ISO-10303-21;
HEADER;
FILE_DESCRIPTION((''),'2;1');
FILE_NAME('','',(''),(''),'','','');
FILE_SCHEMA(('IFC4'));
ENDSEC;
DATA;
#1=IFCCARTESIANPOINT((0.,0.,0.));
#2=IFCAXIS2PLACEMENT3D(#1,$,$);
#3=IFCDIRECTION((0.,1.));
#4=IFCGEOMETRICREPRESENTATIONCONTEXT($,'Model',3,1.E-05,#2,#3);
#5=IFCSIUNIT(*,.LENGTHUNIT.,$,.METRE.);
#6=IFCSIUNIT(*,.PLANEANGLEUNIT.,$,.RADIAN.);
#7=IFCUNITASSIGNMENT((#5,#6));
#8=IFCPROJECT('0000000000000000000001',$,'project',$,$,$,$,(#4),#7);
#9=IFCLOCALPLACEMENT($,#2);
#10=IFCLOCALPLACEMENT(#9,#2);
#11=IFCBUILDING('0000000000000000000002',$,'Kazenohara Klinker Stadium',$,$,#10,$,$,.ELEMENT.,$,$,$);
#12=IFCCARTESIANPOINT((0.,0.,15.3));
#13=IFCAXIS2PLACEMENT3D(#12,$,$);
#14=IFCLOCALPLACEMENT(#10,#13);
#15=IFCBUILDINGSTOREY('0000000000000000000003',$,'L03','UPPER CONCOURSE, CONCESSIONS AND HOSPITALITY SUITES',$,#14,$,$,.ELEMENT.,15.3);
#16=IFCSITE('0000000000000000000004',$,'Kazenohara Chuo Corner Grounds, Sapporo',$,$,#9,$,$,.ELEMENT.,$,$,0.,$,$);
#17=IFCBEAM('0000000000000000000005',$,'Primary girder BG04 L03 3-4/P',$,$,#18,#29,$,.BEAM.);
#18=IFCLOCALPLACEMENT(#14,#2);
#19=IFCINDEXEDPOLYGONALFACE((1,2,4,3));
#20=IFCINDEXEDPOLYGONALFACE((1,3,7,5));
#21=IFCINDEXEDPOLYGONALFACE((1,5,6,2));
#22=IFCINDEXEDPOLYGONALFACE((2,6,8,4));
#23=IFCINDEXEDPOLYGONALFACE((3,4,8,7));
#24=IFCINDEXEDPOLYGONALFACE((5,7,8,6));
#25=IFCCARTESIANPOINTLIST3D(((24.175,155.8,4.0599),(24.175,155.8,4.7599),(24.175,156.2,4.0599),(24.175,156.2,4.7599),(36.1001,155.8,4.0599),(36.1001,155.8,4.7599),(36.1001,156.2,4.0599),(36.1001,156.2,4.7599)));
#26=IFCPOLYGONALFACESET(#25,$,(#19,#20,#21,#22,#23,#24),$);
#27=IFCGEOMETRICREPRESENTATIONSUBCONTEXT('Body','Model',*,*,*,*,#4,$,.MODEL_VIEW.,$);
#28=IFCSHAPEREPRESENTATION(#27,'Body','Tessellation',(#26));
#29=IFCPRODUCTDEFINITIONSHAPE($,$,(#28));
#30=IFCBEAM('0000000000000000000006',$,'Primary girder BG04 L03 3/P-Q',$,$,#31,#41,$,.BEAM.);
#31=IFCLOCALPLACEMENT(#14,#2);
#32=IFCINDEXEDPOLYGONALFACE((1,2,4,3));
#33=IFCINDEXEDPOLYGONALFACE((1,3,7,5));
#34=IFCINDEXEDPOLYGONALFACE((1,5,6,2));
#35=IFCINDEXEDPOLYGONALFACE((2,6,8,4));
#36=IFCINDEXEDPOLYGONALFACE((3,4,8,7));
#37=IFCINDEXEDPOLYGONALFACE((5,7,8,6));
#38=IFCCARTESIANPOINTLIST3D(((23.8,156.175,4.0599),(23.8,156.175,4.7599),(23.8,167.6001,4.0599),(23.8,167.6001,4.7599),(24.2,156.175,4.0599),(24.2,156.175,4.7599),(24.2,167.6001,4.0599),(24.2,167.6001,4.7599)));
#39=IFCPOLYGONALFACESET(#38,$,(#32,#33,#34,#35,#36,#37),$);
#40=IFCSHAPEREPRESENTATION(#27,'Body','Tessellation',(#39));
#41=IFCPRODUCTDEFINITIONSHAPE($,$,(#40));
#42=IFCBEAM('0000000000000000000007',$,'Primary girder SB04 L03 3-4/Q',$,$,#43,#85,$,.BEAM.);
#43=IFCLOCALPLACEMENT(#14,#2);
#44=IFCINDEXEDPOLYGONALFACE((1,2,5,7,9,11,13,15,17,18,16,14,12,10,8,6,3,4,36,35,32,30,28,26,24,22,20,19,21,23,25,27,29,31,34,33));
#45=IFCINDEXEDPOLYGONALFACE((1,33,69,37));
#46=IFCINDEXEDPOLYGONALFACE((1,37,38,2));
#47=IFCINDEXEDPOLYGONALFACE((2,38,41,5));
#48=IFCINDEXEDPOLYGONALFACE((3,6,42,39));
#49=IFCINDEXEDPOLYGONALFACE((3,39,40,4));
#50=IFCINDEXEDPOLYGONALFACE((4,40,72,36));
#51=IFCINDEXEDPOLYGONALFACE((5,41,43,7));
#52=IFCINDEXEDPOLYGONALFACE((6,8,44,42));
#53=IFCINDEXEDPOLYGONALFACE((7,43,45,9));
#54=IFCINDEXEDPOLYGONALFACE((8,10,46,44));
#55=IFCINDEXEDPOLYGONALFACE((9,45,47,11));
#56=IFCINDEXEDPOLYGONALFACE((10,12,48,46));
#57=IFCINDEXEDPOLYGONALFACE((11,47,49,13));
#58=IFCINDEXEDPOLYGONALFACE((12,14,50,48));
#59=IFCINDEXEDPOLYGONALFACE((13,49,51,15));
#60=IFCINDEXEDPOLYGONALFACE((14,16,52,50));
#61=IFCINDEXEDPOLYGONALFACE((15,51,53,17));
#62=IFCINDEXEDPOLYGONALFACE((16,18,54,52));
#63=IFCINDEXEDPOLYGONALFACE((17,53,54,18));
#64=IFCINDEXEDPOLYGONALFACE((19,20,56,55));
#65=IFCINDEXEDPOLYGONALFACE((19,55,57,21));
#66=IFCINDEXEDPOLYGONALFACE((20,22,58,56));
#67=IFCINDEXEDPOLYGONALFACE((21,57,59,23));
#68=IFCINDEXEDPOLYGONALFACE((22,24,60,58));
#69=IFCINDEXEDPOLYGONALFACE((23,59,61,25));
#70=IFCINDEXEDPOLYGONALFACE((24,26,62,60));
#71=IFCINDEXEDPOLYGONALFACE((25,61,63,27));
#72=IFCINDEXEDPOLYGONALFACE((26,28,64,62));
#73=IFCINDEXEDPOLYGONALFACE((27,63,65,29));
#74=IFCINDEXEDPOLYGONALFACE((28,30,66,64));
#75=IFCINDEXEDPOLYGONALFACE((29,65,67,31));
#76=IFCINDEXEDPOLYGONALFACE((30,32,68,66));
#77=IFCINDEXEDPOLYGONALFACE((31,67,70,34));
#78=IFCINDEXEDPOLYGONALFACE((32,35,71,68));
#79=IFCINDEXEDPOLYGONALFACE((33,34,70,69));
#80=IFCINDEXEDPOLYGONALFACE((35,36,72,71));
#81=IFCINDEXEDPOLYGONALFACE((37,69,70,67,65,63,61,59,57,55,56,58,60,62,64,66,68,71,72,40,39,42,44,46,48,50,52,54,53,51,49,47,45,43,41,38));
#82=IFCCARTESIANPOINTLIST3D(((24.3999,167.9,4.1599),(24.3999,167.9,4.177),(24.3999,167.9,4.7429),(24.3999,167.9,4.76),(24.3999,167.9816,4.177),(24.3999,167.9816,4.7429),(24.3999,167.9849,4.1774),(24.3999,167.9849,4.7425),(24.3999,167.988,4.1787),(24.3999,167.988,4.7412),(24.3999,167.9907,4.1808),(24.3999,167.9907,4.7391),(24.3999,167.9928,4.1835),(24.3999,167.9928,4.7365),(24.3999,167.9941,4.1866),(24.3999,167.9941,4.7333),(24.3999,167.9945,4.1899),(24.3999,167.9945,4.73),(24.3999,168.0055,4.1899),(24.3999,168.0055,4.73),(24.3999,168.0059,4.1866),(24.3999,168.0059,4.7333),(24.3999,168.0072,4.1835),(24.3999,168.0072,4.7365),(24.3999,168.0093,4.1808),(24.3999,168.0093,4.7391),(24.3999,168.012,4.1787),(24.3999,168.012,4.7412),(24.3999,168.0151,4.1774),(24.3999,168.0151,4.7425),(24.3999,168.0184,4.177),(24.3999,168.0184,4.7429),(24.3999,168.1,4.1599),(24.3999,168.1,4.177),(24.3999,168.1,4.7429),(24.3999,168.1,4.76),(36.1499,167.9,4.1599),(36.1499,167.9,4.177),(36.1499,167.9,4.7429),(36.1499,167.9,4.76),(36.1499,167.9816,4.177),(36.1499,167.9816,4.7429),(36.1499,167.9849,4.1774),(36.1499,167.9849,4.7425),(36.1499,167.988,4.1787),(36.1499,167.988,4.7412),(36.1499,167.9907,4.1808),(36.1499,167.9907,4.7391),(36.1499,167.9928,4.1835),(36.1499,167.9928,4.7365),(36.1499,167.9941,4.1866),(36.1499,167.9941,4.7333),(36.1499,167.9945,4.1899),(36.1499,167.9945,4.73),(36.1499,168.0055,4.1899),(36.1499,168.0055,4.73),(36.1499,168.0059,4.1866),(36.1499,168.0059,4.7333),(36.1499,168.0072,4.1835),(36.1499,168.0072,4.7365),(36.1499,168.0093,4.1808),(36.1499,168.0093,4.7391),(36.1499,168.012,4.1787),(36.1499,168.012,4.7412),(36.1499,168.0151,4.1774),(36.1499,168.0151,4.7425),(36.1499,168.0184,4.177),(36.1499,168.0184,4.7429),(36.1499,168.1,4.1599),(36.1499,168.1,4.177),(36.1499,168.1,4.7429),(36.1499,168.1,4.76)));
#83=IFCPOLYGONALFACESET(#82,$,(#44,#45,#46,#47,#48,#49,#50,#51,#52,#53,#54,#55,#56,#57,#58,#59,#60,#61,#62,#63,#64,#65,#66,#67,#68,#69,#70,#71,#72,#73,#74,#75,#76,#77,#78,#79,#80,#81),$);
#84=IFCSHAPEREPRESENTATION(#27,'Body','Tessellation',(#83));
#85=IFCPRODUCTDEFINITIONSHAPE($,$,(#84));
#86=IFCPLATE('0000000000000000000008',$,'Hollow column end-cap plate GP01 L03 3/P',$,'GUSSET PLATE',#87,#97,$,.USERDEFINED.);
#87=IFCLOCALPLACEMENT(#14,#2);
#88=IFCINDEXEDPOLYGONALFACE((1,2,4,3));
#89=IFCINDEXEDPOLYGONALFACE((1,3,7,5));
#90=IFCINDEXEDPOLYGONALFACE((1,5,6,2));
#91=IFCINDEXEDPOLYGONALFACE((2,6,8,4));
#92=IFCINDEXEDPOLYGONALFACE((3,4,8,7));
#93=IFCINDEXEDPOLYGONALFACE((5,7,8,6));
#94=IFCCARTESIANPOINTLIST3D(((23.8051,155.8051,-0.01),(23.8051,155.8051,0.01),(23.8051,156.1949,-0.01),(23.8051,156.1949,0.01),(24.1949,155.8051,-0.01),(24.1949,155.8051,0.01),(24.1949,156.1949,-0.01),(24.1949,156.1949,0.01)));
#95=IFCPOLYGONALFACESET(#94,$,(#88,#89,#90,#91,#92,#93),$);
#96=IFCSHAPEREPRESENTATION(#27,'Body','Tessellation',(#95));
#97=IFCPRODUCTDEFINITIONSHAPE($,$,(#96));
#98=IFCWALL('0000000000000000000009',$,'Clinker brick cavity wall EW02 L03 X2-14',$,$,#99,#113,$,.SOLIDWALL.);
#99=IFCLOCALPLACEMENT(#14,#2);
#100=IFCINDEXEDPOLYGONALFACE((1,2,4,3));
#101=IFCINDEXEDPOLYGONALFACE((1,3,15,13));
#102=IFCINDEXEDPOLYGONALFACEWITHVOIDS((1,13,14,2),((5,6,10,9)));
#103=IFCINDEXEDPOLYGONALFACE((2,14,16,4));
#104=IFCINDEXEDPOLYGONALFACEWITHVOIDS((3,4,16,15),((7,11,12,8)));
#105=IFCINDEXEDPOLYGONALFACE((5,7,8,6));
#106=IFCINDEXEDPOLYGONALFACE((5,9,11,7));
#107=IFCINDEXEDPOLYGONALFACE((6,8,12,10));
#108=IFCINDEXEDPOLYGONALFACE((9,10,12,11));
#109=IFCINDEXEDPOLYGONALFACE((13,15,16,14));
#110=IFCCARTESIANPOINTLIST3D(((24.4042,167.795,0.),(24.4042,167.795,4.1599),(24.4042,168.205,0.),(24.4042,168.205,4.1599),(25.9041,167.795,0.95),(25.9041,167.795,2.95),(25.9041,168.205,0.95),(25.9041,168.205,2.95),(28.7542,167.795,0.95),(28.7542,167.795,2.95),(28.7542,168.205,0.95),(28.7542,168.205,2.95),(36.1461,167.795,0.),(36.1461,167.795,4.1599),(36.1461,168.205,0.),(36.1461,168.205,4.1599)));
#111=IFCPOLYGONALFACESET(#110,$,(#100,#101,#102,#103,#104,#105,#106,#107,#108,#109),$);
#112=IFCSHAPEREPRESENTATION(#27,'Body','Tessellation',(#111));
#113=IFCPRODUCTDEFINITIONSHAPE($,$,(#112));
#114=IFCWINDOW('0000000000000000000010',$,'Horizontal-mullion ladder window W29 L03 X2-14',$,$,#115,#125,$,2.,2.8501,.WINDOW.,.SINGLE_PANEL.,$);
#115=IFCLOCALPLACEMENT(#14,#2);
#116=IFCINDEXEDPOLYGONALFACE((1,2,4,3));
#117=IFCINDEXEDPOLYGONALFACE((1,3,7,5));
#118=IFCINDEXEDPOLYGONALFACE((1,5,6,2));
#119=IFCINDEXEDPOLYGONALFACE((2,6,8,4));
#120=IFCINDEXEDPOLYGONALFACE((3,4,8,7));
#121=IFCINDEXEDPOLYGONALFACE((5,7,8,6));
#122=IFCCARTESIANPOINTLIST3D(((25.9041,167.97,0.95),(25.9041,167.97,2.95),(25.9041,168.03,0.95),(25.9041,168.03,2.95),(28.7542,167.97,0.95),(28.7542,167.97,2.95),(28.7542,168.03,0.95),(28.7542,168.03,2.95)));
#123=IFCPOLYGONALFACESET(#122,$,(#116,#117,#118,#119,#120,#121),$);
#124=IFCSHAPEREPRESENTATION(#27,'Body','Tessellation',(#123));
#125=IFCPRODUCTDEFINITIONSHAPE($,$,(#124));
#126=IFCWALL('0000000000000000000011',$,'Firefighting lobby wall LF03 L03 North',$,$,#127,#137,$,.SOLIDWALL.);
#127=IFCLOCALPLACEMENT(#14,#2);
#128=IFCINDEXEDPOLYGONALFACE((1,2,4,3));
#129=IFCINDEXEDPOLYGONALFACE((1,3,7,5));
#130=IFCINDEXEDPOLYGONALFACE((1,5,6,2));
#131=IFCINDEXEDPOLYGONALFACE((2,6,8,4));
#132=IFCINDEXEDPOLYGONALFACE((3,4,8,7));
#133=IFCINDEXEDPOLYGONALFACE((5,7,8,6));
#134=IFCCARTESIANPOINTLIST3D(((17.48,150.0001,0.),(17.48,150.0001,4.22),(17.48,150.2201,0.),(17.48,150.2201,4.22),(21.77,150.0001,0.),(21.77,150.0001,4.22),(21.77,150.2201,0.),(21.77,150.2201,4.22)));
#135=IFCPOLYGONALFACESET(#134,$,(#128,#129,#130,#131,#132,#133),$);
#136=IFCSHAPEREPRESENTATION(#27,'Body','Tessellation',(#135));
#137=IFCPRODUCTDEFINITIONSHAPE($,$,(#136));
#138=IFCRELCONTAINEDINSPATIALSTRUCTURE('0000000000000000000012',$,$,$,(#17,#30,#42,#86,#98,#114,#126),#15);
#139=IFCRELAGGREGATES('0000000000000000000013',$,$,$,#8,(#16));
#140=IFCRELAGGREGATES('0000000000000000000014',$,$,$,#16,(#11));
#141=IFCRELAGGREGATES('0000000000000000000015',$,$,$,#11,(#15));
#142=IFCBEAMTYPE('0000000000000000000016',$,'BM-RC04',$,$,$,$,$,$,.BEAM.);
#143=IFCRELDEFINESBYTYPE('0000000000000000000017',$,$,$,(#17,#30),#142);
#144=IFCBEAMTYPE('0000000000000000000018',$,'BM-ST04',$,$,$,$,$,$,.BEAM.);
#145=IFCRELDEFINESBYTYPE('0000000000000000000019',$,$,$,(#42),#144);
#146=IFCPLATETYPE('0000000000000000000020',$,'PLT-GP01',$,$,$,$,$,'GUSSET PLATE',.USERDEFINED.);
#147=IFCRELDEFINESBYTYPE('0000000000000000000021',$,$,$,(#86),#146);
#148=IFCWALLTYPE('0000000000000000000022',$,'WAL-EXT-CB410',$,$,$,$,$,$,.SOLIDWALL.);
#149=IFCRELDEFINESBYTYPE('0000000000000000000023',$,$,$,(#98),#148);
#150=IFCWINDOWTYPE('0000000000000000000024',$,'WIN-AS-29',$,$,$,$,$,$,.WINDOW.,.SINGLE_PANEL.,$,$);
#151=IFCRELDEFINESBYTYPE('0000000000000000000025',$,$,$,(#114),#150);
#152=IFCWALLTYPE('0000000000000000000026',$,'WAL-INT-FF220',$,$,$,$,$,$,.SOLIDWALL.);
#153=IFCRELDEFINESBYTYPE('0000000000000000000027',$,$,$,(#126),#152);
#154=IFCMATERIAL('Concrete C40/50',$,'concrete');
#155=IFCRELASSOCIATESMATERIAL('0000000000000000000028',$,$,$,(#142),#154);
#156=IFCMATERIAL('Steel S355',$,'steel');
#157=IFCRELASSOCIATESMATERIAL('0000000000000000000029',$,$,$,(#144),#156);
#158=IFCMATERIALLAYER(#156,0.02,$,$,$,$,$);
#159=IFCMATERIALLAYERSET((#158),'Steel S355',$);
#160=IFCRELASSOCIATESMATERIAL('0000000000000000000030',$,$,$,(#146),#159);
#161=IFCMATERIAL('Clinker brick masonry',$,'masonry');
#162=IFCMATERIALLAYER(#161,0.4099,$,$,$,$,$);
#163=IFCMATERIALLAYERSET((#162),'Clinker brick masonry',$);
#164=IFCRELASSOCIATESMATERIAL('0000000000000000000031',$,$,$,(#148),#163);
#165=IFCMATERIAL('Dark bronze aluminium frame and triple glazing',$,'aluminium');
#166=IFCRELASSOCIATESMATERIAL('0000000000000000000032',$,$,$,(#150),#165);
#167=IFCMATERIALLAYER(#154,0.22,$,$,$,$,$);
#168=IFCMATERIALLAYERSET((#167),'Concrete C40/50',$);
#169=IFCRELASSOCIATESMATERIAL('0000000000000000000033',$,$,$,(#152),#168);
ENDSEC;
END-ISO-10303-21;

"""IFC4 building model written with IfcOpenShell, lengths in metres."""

from ifc_helpers import new_model, si_unit, direction, frame, frame_2d, origin, origin_2d, place, context, subcontext, project, spatial, rectangle, i_section, extrude, material, layer, layer_set, material_profile, profile_set, type_object, element, fill, save


model = new_model("IFC4")

# Units and contexts
model_context = context("Model", 3, precision=1e-05, world=origin(), true_north=direction((0.0, 1.0)))
body_context = subcontext(model_context, "Body", "Model", "MODEL_VIEW")
ifc_project = project(units=[si_unit("LENGTHUNIT", "METRE"), si_unit("PLANEANGLEUNIT", "RADIAN")], contexts=[model_context])

# Site, building, storey
site_placement = place(None, origin())
site = spatial("IfcSite", under=ifc_project, at=site_placement, Name="Kazenohara Chuo Corner Grounds, Sapporo", CompositionType="ELEMENT", RefElevation=0.0)
building_placement = place(site_placement, origin())
building = spatial("IfcBuilding", under=site, at=building_placement, Name="Kazenohara Klinker Stadium", CompositionType="ELEMENT")
storey_placement = place(building_placement, frame((0.0, 0.0, 15.3)))
storey = spatial("IfcBuildingStorey", under=building, at=storey_placement, Name="L03", Description="UPPER CONCOURSE, CONCESSIONS AND HOSPITALITY SUITES", CompositionType="ELEMENT", Elevation=15.3)

# Shared definitions
ifc_material_1 = material(Name="Concrete C40/50", Category="concrete")
ifc_material_2 = material(Name="Steel S355", Category="steel")

# Beams
ifc_material_profile_1 = material_profile(ifc_material_1, rectangle(XDim=0.3999, YDim=0.7, at=origin_2d()), Name="RC-BM-400x700")
ifc_profile_set_1 = profile_set([ifc_material_profile_1], Name="Concrete C40/50")
beam_type_1 = type_object("IfcBeamType", Name="BM-RC04", PredefinedType="BEAM", material=ifc_profile_set_1)
beam_1_placement = place(storey_placement, frame((24.175, 156.0, 4.4099), z_axis=(1.0, 0.0, 0.0), x_axis=(0.0, 1.0, 0.0)))
element("IfcBeam", 1, at=beam_1_placement, inside=storey, type_object=beam_type_1, Name="Primary girder BG04 L03 3-4/P", PredefinedType="BEAM", context=body_context, shape_type="SweptSolid", body=[
    extrude(rectangle(XDim=0.3999, YDim=0.7, at=origin_2d()), origin(), (0.0, 0.0, 1.0), 11.925),
])
beam_2_placement = place(storey_placement, frame((24.0, 156.175, 4.4099), z_axis=(0.0, 1.0, 0.0), x_axis=(-1.0, 0.0, 0.0)))
element("IfcBeam", 2, at=beam_2_placement, inside=storey, type_object=beam_type_1, Name="Primary girder BG04 L03 3/P-Q", PredefinedType="BEAM", context=body_context, shape_type="SweptSolid", body=[
    extrude(rectangle(XDim=0.3999, YDim=0.7, at=origin_2d()), origin(), (0.0, 0.0, 1.0), 11.425),
])
ifc_material_profile_2 = material_profile(ifc_material_2, i_section(OverallWidth=0.2, OverallDepth=0.6001, WebThickness=0.011, FlangeThickness=0.0171, FilletRadius=0.0129, at=origin_2d()), Name="H-600x200x11x17")
ifc_profile_set_2 = profile_set([ifc_material_profile_2], Name="Steel S355")
beam_type_2 = type_object("IfcBeamType", Name="BM-ST04", PredefinedType="BEAM", material=ifc_profile_set_2)
beam_3_placement = place(storey_placement, frame((24.3999, 168.0, 4.46), z_axis=(1.0, 0.0, 0.0), x_axis=(0.0, 1.0, 0.0)))
element("IfcBeam", 3, at=beam_3_placement, inside=storey, type_object=beam_type_2, Name="Primary girder SB04 L03 3-4/Q", PredefinedType="BEAM", context=body_context, shape_type="SweptSolid", body=[
    extrude(i_section(OverallWidth=0.2, OverallDepth=0.6001, WebThickness=0.011, FlangeThickness=0.0171, FilletRadius=0.0129, at=origin_2d()), origin(), (0.0, 0.0, 1.0), 11.75),
])

# Plate
ifc_layer_1 = layer(ifc_material_2, 0.02)
ifc_layer_set_1 = layer_set([ifc_layer_1], Name="Steel S355")
plate_type = type_object("IfcPlateType", Name="PLT-GP01", ElementType="GUSSET PLATE", PredefinedType="USERDEFINED", material=ifc_layer_set_1)
plate_placement = place(storey_placement, frame((24.0, 156.0, -0.01), z_axis=(0.0, 0.0, 1.0), x_axis=(1.0, 0.0, 0.0)))
element("IfcPlate", 4, at=plate_placement, inside=storey, type_object=plate_type, Name="Hollow column end-cap plate GP01 L03 3/P", ObjectType="GUSSET PLATE", PredefinedType="USERDEFINED", context=body_context, shape_type="SweptSolid", body=[
    extrude(rectangle(XDim=0.3899, YDim=0.3899, at=origin_2d()), origin(), (0.0, 0.0, 1.0), 0.02),
])

# Wall, opening, window
ifc_material_3 = material(Name="Clinker brick masonry", Category="masonry")
ifc_layer_2 = layer(ifc_material_3, 0.4099)
ifc_layer_set_2 = layer_set([ifc_layer_2], Name="Clinker brick masonry")
wall_type_1 = type_object("IfcWallType", Name="WAL-EXT-CB410", PredefinedType="SOLIDWALL", material=ifc_layer_set_2)
wall_1_placement = place(storey_placement, frame((24.4041, 168.0, 0.0), z_axis=(0.0, 0.0, 1.0), x_axis=(1.0, 0.0, 0.0)))
wall_1 = element("IfcWall", 5, at=wall_1_placement, inside=storey, type_object=wall_type_1, Name="Clinker brick cavity wall EW02 L03 X2-14", PredefinedType="SOLIDWALL", context=body_context, shape_type="SweptSolid", body=[
    extrude(rectangle(XDim=11.7419, YDim=0.4099, at=frame_2d((5.8711, 0.0))), origin(), (0.0, 0.0, 1.0), 4.1599),
])
opening_1_placement = place(wall_1_placement, frame((1.5, 0.0, 0.95)))
opening_1 = element("IfcOpeningElement", 6, at=opening_1_placement, cuts=wall_1, PredefinedType="OPENING", context=body_context, shape_type="SweptSolid", body=[
    extrude(rectangle(XDim=2.8501, YDim=2.0, at=frame_2d((1.425, 1.0))), frame((0.0, 0.2148, 0.0), z_axis=(0.0, -1.0, 0.0), x_axis=(1.0, 0.0, 0.0)), (0.0, 0.0, 1.0), 0.4299),
])
ifc_material_4 = material(Name="Dark bronze aluminium frame and triple glazing", Category="aluminium")
window_type = type_object("IfcWindowType", Name="WIN-AS-29", PartitioningType="SINGLE_PANEL", PredefinedType="WINDOW", material=ifc_material_4)
window_placement = place(opening_1_placement, origin())
window = element("IfcWindow", 7, at=window_placement, inside=storey, type_object=window_type, Name="Horizontal-mullion ladder window W29 L03 X2-14", OverallHeight=2.0, OverallWidth=2.8501, PartitioningType="SINGLE_PANEL", PredefinedType="WINDOW", context=body_context, shape_type="SweptSolid", body=[
    extrude(rectangle(XDim=2.8501, YDim=2.0, at=frame_2d((1.425, 1.0))), frame((0.0, 0.03, 0.0), z_axis=(0.0, -1.0, 0.0), x_axis=(1.0, 0.0, 0.0)), (0.0, 0.0, 1.0), 0.0601),
])
fill(opening_1, window)

# Wall
ifc_layer_3 = layer(ifc_material_1, 0.22)
ifc_layer_set_3 = layer_set([ifc_layer_3], Name="Concrete C40/50")
wall_type_2 = type_object("IfcWallType", Name="WAL-INT-FF220", PredefinedType="SOLIDWALL", material=ifc_layer_set_3)
wall_2_placement = place(storey_placement, frame((17.48, 150.1101, 0.0), z_axis=(0.0, 0.0, 1.0), x_axis=(1.0, 0.0, 0.0)))
element("IfcWall", 8, at=wall_2_placement, inside=storey, type_object=wall_type_2, Name="Firefighting lobby wall LF03 L03 North", PredefinedType="SOLIDWALL", context=body_context, shape_type="SweptSolid", body=[
    extrude(rectangle(XDim=4.29, YDim=0.22, at=frame_2d((2.145, 0.0))), origin(), (0.0, 0.0, 1.0), 4.22),
])

save(model, "model.ifc")
